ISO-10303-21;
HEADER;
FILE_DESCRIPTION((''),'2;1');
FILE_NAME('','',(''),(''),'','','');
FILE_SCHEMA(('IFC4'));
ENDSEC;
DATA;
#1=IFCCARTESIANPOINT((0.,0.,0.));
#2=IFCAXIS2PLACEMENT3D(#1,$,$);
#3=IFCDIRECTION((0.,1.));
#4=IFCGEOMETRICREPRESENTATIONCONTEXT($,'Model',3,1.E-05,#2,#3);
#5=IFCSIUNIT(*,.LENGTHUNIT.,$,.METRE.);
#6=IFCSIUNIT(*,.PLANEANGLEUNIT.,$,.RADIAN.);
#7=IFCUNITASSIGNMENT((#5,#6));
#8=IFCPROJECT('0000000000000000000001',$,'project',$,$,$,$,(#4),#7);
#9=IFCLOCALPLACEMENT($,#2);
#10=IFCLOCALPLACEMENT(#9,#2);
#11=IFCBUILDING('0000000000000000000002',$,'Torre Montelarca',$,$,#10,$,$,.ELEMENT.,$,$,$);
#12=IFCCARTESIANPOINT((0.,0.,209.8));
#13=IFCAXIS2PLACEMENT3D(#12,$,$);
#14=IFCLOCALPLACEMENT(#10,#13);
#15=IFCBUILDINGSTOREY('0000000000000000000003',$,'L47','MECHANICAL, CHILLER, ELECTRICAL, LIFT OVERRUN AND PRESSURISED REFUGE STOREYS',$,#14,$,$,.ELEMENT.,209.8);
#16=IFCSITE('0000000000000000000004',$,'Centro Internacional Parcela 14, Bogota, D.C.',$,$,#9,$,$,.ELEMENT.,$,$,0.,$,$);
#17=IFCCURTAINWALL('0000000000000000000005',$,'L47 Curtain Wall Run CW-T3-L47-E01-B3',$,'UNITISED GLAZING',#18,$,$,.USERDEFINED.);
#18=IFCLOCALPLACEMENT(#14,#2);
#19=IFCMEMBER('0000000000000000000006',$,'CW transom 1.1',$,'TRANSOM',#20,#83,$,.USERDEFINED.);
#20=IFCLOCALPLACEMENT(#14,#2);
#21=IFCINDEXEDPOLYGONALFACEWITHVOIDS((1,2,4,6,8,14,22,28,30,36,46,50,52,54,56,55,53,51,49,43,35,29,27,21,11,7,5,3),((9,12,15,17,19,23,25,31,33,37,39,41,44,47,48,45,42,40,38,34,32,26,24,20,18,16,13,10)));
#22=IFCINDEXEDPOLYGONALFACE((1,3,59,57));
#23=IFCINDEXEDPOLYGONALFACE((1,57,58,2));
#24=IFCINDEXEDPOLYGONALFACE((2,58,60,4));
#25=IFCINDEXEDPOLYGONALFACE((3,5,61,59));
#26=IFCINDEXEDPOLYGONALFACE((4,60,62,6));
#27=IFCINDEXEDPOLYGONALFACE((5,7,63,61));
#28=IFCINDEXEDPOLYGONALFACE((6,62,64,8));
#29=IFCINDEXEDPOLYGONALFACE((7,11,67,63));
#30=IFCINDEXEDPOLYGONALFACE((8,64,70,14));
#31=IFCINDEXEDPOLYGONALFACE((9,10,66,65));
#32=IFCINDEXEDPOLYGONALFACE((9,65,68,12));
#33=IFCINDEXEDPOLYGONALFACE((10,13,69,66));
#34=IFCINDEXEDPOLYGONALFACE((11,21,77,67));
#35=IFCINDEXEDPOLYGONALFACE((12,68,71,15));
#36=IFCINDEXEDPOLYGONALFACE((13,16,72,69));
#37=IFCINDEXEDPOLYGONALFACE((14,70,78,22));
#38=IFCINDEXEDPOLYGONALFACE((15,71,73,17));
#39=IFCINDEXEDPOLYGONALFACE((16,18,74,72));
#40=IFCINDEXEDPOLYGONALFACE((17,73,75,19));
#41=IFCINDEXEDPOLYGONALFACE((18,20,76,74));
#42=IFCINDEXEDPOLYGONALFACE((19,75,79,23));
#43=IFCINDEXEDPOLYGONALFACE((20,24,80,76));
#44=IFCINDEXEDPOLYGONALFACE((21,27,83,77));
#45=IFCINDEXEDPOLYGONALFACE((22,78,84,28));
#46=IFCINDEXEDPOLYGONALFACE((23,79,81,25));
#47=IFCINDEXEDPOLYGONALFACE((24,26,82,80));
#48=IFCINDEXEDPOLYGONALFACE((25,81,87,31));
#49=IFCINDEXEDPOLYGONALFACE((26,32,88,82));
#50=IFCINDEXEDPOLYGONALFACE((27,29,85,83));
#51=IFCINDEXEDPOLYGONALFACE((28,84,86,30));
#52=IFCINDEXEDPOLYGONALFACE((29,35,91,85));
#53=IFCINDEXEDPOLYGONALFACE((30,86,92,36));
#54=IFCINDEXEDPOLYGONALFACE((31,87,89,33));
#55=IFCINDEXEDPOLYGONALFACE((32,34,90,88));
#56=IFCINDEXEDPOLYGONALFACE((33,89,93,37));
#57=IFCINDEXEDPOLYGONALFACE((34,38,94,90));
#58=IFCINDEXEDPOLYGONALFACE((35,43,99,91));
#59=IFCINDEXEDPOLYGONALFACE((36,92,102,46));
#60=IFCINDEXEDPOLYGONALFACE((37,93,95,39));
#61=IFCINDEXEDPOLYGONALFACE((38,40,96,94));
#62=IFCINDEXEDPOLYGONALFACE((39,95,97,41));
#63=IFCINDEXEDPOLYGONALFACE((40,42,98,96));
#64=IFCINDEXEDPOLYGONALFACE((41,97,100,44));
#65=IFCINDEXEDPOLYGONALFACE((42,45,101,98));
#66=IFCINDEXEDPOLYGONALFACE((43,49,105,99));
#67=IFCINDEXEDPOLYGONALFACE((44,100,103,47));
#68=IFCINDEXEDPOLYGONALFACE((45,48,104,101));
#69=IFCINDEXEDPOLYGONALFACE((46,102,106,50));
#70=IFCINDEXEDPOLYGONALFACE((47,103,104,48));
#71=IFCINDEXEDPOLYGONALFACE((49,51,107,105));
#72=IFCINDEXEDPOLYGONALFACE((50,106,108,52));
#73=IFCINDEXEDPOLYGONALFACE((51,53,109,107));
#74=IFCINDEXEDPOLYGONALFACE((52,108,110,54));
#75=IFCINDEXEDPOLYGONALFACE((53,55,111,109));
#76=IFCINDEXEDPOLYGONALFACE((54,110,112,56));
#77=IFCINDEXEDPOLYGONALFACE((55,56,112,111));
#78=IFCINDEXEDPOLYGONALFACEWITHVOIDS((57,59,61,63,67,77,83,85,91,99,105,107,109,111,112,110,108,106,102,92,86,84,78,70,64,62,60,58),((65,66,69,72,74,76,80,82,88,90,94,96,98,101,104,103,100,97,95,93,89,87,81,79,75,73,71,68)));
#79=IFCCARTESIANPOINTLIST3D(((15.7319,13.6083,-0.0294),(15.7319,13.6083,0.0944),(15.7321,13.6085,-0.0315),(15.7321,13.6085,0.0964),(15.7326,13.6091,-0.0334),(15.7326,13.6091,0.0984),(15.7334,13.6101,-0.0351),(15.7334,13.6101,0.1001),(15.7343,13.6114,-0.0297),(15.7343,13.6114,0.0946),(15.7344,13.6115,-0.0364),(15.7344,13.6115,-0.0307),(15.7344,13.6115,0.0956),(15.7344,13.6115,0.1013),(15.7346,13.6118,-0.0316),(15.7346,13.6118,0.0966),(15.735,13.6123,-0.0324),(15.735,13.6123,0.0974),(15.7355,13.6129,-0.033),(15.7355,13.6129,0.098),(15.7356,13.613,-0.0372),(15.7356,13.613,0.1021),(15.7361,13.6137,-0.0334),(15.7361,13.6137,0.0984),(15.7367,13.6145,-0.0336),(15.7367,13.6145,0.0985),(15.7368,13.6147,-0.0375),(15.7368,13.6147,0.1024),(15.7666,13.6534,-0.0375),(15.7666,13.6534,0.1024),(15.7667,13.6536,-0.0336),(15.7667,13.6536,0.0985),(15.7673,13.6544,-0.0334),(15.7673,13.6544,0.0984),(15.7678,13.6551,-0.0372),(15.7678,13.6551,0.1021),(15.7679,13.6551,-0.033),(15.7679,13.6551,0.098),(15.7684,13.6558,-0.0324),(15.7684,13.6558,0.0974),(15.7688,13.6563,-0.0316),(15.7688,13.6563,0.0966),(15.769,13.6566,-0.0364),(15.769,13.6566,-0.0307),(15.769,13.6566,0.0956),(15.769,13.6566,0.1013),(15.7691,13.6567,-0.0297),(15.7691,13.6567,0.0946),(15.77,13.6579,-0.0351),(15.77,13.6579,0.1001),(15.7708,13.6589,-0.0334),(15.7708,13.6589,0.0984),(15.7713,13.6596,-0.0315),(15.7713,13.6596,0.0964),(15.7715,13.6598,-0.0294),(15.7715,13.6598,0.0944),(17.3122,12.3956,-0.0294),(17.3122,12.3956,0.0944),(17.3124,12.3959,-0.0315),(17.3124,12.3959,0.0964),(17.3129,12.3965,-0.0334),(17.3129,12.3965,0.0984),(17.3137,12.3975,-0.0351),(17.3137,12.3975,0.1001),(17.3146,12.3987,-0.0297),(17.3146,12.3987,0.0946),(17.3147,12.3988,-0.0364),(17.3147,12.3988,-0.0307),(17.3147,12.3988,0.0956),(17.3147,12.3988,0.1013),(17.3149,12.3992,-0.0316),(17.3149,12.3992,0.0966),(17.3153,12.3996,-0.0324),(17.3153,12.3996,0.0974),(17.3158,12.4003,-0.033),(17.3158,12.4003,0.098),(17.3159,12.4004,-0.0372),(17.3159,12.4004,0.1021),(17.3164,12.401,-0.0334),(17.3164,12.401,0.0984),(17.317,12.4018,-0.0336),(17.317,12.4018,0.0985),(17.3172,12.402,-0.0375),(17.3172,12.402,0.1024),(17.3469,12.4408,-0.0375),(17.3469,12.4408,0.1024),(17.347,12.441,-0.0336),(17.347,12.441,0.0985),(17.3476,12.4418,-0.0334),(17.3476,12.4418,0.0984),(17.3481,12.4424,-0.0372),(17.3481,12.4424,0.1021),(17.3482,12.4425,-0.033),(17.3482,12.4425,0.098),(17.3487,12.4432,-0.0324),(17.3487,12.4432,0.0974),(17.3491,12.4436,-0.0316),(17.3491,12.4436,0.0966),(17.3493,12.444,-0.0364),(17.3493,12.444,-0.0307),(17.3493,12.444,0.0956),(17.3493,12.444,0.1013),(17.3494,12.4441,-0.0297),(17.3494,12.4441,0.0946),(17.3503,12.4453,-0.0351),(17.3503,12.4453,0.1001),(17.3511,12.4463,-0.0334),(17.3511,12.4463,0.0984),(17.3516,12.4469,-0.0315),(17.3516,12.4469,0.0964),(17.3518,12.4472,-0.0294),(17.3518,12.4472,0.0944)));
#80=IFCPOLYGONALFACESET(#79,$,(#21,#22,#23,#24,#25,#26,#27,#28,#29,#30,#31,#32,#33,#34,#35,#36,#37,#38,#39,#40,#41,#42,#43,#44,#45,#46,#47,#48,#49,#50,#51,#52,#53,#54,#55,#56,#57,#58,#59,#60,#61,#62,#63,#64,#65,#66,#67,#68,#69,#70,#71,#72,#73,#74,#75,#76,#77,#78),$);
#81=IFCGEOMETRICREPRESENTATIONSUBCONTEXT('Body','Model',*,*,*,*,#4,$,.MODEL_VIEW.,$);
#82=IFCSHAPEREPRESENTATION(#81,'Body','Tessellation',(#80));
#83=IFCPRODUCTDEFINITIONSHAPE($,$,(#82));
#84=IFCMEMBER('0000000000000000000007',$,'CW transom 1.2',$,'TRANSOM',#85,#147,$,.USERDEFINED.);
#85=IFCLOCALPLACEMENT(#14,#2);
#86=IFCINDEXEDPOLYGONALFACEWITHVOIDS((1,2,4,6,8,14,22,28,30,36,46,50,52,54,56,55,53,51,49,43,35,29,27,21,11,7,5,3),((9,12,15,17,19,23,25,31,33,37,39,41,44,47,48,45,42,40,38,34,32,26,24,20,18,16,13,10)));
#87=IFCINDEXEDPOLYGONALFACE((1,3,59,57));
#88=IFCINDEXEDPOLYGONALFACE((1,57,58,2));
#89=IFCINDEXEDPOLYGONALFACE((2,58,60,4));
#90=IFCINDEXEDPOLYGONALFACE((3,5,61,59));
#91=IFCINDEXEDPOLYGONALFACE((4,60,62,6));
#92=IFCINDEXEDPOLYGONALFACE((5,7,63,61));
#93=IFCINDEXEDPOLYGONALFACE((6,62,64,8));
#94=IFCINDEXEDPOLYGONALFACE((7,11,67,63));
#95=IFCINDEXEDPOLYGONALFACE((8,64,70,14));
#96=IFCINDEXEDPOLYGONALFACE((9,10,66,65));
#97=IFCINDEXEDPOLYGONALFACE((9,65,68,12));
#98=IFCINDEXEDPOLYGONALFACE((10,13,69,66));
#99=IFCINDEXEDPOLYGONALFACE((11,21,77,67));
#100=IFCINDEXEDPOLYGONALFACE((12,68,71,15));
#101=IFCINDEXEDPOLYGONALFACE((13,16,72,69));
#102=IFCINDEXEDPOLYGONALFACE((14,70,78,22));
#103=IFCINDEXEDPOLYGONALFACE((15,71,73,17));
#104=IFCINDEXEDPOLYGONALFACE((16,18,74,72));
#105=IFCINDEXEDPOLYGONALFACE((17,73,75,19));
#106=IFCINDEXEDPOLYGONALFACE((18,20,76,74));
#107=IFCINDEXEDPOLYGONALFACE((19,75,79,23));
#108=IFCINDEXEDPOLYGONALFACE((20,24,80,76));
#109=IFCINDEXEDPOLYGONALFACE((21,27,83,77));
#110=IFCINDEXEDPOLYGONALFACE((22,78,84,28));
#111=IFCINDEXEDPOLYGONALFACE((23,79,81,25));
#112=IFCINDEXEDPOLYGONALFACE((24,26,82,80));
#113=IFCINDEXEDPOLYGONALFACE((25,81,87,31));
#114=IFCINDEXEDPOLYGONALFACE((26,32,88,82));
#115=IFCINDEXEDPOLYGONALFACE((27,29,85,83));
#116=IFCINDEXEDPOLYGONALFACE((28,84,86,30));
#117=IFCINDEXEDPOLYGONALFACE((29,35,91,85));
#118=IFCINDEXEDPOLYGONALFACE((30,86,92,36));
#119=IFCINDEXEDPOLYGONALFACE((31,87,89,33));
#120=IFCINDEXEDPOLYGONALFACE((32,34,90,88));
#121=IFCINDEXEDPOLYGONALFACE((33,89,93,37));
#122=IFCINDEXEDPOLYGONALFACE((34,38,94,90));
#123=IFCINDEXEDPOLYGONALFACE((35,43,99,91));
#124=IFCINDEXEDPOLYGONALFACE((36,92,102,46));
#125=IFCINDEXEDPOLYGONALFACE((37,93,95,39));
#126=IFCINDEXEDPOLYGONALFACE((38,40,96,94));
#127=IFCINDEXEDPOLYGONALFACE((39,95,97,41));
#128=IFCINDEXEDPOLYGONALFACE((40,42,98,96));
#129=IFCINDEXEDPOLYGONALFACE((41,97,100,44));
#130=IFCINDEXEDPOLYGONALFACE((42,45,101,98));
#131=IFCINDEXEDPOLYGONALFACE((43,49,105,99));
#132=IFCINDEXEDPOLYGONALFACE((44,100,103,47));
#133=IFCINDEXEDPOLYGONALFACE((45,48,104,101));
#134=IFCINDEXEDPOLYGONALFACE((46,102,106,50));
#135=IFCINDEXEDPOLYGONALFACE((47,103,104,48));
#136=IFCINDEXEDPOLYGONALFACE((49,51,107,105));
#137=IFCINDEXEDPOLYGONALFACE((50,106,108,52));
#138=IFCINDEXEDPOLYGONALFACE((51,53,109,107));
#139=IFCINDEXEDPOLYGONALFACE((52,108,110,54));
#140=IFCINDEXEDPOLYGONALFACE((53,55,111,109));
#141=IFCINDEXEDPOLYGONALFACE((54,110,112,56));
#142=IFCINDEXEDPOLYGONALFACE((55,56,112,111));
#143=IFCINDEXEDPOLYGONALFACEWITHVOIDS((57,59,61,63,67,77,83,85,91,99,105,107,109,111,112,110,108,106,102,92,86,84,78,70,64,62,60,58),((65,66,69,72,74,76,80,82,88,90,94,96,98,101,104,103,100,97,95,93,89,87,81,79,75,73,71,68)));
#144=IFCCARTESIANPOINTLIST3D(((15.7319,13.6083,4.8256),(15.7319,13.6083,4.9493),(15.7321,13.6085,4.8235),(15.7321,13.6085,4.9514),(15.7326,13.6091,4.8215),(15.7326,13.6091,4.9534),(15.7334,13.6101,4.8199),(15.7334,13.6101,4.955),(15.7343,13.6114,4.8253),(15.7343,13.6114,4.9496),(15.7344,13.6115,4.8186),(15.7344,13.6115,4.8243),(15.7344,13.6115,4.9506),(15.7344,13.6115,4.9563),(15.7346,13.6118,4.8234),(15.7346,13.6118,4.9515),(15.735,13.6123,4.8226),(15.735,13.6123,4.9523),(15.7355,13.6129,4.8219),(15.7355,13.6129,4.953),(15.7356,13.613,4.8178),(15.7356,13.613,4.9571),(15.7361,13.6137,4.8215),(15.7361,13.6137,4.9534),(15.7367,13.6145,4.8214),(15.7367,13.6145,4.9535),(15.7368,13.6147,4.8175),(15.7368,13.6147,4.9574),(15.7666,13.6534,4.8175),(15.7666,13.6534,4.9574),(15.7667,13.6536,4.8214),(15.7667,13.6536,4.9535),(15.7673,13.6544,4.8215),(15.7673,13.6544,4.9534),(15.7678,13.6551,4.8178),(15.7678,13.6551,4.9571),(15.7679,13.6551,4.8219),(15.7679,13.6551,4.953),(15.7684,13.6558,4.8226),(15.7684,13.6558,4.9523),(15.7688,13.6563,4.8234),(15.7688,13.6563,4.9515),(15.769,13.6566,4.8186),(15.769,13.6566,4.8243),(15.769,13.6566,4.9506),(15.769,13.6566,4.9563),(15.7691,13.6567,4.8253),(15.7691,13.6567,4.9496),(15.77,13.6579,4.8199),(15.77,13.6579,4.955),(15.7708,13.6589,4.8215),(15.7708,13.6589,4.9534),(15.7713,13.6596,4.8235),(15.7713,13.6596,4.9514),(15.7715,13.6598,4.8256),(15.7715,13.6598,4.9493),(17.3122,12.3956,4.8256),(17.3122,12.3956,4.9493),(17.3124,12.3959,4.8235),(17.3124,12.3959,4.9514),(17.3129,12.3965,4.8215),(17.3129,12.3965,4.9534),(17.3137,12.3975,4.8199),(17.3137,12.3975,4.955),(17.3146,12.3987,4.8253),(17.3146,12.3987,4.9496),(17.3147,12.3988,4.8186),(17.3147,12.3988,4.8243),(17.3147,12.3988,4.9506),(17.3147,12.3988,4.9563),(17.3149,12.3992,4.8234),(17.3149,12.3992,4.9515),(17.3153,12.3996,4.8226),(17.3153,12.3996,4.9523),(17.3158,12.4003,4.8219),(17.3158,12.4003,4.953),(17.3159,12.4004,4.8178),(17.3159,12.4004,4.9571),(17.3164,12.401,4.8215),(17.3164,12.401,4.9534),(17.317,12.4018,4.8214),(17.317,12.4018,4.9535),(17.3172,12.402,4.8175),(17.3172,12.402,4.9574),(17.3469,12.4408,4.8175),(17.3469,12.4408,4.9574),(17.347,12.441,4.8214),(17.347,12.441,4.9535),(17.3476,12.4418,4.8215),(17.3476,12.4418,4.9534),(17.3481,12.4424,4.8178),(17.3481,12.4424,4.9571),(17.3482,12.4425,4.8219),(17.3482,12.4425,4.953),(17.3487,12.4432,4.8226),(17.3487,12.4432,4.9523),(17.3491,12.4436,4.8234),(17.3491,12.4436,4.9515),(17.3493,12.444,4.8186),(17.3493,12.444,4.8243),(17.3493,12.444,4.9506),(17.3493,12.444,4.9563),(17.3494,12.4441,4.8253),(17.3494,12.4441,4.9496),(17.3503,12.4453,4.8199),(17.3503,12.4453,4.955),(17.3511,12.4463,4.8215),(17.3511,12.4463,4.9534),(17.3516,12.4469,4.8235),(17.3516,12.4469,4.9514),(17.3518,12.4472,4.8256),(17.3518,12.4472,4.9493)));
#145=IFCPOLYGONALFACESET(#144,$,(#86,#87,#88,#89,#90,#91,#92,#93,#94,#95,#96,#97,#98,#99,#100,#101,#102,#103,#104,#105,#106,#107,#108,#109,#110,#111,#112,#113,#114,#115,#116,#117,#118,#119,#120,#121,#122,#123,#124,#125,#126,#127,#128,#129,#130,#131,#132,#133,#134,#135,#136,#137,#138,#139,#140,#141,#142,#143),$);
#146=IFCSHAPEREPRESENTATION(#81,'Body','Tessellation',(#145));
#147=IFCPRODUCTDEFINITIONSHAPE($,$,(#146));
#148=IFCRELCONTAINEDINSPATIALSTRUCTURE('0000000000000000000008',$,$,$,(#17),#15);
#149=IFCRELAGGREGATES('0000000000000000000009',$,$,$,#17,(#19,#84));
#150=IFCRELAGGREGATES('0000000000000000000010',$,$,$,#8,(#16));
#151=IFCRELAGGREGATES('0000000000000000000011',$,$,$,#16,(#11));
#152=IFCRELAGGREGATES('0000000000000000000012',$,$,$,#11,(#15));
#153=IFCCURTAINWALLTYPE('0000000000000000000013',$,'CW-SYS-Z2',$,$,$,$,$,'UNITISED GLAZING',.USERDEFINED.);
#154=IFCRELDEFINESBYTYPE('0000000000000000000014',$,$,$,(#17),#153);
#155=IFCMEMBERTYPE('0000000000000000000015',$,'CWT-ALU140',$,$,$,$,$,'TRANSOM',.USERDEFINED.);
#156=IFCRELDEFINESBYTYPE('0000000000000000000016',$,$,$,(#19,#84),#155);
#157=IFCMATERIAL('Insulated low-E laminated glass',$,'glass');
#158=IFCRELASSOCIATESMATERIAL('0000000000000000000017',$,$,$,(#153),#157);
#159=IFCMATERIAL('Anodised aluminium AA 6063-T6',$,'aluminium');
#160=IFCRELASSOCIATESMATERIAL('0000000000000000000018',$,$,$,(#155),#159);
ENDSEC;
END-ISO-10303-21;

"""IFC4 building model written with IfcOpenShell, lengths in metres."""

from ifc_helpers import new_model, si_unit, direction, frame, origin, origin_2d, place, context, subcontext, project, spatial, hollow_rectangle, extrude, source, transform, mapped, material, material_profile, profile_set, type_object, element, aggregate, save


model = new_model("IFC4")

# Units and contexts
model_context = context("Model", 3, precision=1e-05, world=origin(), true_north=direction((0.0, 1.0)))
body_context = subcontext(model_context, "Body", "Model", "MODEL_VIEW")
ifc_project = project(units=[si_unit("LENGTHUNIT", "METRE"), si_unit("PLANEANGLEUNIT", "RADIAN")], contexts=[model_context])

# Site, building, storey
site_placement = place(None, origin())
site = spatial("IfcSite", under=ifc_project, at=site_placement, Name="Centro Internacional Parcela 14, Bogota, D.C.", CompositionType="ELEMENT", RefElevation=0.0)
building_placement = place(site_placement, origin())
building = spatial("IfcBuilding", under=site, at=building_placement, Name="Torre Montelarca", CompositionType="ELEMENT")
storey_placement = place(building_placement, frame((0.0, 0.0, 209.8)))
storey = spatial("IfcBuildingStorey", under=building, at=storey_placement, Name="L47", Description="MECHANICAL, CHILLER, ELECTRICAL, LIFT OVERRUN AND PRESSURISED REFUGE STOREYS", CompositionType="ELEMENT", Elevation=209.8)

# Curtain wall
ifc_material_1 = material(Name="Insulated low-E laminated glass", Category="glass")
curtain_wall_type = type_object("IfcCurtainWallType", Name="CW-SYS-Z2", ElementType="UNITISED GLAZING", PredefinedType="USERDEFINED", material=ifc_material_1)
ifc_material_2 = material(Name="Anodised aluminium AA 6063-T6", Category="aluminium")
ifc_material_profile_1 = material_profile(ifc_material_2, hollow_rectangle(XDim=0.0649, YDim=0.1399, WallThickness=0.0039, InnerFilletRadius=0.0039, OuterFilletRadius=0.0081, at=origin_2d()), Name="ALU65X140X4", Category="aluminium")
ifc_profile_set_1 = profile_set([ifc_material_profile_1], Name="Anodised aluminium AA 6063-T6")
member_type_1 = type_object("IfcMemberType", Name="CWT-ALU140", ElementType="TRANSOM", PredefinedType="USERDEFINED", material=ifc_profile_set_1)
curtain_wall_1_placement = place(storey_placement, origin())
curtain_wall_1 = element("IfcCurtainWall", 1, at=curtain_wall_1_placement, inside=storey, type_object=curtain_wall_type, Name="L47 Curtain Wall Run CW-T3-L47-E01-B3", ObjectType="UNITISED GLAZING", PredefinedType="USERDEFINED")

# Members
shared_shape_1 = source(origin(), body_context, "Body", "SweptSolid", [
    extrude(hollow_rectangle(XDim=0.0649, YDim=0.1399, WallThickness=0.0039, InnerFilletRadius=0.0039, OuterFilletRadius=0.0081, at=origin_2d()), origin(), (0.0, 0.0, 1.0), 1.9919),
])
member_1_placement = place(storey_placement, frame((15.7517, 13.634, 0.0325), z_axis=(0.793348, -0.608769, 0.0), x_axis=(0.608769, 0.793348, 0.0)))
member_1 = element("IfcMember", 2, at=member_1_placement, type_object=member_type_1, Name="CW transom 1.1", ObjectType="TRANSOM", PredefinedType="USERDEFINED", context=body_context, shape_type="MappedRepresentation", body=[
    mapped(shared_shape_1, transform((0.0, 0.0, 0.0), scale=1.0)),
])
member_2_placement = place(storey_placement, frame((15.7517, 13.634, 4.8875), z_axis=(0.793348, -0.608769, 0.0), x_axis=(0.608769, 0.793348, 0.0)))
member_2 = element("IfcMember", 3, at=member_2_placement, type_object=member_type_1, Name="CW transom 1.2", ObjectType="TRANSOM", PredefinedType="USERDEFINED", context=body_context, shape_type="MappedRepresentation", body=[
    mapped(shared_shape_1, transform((0.0, 0.0, 0.0), scale=1.0)),
])

aggregate(curtain_wall_1, [member_1, member_2])

save(model, "model.ifc")
